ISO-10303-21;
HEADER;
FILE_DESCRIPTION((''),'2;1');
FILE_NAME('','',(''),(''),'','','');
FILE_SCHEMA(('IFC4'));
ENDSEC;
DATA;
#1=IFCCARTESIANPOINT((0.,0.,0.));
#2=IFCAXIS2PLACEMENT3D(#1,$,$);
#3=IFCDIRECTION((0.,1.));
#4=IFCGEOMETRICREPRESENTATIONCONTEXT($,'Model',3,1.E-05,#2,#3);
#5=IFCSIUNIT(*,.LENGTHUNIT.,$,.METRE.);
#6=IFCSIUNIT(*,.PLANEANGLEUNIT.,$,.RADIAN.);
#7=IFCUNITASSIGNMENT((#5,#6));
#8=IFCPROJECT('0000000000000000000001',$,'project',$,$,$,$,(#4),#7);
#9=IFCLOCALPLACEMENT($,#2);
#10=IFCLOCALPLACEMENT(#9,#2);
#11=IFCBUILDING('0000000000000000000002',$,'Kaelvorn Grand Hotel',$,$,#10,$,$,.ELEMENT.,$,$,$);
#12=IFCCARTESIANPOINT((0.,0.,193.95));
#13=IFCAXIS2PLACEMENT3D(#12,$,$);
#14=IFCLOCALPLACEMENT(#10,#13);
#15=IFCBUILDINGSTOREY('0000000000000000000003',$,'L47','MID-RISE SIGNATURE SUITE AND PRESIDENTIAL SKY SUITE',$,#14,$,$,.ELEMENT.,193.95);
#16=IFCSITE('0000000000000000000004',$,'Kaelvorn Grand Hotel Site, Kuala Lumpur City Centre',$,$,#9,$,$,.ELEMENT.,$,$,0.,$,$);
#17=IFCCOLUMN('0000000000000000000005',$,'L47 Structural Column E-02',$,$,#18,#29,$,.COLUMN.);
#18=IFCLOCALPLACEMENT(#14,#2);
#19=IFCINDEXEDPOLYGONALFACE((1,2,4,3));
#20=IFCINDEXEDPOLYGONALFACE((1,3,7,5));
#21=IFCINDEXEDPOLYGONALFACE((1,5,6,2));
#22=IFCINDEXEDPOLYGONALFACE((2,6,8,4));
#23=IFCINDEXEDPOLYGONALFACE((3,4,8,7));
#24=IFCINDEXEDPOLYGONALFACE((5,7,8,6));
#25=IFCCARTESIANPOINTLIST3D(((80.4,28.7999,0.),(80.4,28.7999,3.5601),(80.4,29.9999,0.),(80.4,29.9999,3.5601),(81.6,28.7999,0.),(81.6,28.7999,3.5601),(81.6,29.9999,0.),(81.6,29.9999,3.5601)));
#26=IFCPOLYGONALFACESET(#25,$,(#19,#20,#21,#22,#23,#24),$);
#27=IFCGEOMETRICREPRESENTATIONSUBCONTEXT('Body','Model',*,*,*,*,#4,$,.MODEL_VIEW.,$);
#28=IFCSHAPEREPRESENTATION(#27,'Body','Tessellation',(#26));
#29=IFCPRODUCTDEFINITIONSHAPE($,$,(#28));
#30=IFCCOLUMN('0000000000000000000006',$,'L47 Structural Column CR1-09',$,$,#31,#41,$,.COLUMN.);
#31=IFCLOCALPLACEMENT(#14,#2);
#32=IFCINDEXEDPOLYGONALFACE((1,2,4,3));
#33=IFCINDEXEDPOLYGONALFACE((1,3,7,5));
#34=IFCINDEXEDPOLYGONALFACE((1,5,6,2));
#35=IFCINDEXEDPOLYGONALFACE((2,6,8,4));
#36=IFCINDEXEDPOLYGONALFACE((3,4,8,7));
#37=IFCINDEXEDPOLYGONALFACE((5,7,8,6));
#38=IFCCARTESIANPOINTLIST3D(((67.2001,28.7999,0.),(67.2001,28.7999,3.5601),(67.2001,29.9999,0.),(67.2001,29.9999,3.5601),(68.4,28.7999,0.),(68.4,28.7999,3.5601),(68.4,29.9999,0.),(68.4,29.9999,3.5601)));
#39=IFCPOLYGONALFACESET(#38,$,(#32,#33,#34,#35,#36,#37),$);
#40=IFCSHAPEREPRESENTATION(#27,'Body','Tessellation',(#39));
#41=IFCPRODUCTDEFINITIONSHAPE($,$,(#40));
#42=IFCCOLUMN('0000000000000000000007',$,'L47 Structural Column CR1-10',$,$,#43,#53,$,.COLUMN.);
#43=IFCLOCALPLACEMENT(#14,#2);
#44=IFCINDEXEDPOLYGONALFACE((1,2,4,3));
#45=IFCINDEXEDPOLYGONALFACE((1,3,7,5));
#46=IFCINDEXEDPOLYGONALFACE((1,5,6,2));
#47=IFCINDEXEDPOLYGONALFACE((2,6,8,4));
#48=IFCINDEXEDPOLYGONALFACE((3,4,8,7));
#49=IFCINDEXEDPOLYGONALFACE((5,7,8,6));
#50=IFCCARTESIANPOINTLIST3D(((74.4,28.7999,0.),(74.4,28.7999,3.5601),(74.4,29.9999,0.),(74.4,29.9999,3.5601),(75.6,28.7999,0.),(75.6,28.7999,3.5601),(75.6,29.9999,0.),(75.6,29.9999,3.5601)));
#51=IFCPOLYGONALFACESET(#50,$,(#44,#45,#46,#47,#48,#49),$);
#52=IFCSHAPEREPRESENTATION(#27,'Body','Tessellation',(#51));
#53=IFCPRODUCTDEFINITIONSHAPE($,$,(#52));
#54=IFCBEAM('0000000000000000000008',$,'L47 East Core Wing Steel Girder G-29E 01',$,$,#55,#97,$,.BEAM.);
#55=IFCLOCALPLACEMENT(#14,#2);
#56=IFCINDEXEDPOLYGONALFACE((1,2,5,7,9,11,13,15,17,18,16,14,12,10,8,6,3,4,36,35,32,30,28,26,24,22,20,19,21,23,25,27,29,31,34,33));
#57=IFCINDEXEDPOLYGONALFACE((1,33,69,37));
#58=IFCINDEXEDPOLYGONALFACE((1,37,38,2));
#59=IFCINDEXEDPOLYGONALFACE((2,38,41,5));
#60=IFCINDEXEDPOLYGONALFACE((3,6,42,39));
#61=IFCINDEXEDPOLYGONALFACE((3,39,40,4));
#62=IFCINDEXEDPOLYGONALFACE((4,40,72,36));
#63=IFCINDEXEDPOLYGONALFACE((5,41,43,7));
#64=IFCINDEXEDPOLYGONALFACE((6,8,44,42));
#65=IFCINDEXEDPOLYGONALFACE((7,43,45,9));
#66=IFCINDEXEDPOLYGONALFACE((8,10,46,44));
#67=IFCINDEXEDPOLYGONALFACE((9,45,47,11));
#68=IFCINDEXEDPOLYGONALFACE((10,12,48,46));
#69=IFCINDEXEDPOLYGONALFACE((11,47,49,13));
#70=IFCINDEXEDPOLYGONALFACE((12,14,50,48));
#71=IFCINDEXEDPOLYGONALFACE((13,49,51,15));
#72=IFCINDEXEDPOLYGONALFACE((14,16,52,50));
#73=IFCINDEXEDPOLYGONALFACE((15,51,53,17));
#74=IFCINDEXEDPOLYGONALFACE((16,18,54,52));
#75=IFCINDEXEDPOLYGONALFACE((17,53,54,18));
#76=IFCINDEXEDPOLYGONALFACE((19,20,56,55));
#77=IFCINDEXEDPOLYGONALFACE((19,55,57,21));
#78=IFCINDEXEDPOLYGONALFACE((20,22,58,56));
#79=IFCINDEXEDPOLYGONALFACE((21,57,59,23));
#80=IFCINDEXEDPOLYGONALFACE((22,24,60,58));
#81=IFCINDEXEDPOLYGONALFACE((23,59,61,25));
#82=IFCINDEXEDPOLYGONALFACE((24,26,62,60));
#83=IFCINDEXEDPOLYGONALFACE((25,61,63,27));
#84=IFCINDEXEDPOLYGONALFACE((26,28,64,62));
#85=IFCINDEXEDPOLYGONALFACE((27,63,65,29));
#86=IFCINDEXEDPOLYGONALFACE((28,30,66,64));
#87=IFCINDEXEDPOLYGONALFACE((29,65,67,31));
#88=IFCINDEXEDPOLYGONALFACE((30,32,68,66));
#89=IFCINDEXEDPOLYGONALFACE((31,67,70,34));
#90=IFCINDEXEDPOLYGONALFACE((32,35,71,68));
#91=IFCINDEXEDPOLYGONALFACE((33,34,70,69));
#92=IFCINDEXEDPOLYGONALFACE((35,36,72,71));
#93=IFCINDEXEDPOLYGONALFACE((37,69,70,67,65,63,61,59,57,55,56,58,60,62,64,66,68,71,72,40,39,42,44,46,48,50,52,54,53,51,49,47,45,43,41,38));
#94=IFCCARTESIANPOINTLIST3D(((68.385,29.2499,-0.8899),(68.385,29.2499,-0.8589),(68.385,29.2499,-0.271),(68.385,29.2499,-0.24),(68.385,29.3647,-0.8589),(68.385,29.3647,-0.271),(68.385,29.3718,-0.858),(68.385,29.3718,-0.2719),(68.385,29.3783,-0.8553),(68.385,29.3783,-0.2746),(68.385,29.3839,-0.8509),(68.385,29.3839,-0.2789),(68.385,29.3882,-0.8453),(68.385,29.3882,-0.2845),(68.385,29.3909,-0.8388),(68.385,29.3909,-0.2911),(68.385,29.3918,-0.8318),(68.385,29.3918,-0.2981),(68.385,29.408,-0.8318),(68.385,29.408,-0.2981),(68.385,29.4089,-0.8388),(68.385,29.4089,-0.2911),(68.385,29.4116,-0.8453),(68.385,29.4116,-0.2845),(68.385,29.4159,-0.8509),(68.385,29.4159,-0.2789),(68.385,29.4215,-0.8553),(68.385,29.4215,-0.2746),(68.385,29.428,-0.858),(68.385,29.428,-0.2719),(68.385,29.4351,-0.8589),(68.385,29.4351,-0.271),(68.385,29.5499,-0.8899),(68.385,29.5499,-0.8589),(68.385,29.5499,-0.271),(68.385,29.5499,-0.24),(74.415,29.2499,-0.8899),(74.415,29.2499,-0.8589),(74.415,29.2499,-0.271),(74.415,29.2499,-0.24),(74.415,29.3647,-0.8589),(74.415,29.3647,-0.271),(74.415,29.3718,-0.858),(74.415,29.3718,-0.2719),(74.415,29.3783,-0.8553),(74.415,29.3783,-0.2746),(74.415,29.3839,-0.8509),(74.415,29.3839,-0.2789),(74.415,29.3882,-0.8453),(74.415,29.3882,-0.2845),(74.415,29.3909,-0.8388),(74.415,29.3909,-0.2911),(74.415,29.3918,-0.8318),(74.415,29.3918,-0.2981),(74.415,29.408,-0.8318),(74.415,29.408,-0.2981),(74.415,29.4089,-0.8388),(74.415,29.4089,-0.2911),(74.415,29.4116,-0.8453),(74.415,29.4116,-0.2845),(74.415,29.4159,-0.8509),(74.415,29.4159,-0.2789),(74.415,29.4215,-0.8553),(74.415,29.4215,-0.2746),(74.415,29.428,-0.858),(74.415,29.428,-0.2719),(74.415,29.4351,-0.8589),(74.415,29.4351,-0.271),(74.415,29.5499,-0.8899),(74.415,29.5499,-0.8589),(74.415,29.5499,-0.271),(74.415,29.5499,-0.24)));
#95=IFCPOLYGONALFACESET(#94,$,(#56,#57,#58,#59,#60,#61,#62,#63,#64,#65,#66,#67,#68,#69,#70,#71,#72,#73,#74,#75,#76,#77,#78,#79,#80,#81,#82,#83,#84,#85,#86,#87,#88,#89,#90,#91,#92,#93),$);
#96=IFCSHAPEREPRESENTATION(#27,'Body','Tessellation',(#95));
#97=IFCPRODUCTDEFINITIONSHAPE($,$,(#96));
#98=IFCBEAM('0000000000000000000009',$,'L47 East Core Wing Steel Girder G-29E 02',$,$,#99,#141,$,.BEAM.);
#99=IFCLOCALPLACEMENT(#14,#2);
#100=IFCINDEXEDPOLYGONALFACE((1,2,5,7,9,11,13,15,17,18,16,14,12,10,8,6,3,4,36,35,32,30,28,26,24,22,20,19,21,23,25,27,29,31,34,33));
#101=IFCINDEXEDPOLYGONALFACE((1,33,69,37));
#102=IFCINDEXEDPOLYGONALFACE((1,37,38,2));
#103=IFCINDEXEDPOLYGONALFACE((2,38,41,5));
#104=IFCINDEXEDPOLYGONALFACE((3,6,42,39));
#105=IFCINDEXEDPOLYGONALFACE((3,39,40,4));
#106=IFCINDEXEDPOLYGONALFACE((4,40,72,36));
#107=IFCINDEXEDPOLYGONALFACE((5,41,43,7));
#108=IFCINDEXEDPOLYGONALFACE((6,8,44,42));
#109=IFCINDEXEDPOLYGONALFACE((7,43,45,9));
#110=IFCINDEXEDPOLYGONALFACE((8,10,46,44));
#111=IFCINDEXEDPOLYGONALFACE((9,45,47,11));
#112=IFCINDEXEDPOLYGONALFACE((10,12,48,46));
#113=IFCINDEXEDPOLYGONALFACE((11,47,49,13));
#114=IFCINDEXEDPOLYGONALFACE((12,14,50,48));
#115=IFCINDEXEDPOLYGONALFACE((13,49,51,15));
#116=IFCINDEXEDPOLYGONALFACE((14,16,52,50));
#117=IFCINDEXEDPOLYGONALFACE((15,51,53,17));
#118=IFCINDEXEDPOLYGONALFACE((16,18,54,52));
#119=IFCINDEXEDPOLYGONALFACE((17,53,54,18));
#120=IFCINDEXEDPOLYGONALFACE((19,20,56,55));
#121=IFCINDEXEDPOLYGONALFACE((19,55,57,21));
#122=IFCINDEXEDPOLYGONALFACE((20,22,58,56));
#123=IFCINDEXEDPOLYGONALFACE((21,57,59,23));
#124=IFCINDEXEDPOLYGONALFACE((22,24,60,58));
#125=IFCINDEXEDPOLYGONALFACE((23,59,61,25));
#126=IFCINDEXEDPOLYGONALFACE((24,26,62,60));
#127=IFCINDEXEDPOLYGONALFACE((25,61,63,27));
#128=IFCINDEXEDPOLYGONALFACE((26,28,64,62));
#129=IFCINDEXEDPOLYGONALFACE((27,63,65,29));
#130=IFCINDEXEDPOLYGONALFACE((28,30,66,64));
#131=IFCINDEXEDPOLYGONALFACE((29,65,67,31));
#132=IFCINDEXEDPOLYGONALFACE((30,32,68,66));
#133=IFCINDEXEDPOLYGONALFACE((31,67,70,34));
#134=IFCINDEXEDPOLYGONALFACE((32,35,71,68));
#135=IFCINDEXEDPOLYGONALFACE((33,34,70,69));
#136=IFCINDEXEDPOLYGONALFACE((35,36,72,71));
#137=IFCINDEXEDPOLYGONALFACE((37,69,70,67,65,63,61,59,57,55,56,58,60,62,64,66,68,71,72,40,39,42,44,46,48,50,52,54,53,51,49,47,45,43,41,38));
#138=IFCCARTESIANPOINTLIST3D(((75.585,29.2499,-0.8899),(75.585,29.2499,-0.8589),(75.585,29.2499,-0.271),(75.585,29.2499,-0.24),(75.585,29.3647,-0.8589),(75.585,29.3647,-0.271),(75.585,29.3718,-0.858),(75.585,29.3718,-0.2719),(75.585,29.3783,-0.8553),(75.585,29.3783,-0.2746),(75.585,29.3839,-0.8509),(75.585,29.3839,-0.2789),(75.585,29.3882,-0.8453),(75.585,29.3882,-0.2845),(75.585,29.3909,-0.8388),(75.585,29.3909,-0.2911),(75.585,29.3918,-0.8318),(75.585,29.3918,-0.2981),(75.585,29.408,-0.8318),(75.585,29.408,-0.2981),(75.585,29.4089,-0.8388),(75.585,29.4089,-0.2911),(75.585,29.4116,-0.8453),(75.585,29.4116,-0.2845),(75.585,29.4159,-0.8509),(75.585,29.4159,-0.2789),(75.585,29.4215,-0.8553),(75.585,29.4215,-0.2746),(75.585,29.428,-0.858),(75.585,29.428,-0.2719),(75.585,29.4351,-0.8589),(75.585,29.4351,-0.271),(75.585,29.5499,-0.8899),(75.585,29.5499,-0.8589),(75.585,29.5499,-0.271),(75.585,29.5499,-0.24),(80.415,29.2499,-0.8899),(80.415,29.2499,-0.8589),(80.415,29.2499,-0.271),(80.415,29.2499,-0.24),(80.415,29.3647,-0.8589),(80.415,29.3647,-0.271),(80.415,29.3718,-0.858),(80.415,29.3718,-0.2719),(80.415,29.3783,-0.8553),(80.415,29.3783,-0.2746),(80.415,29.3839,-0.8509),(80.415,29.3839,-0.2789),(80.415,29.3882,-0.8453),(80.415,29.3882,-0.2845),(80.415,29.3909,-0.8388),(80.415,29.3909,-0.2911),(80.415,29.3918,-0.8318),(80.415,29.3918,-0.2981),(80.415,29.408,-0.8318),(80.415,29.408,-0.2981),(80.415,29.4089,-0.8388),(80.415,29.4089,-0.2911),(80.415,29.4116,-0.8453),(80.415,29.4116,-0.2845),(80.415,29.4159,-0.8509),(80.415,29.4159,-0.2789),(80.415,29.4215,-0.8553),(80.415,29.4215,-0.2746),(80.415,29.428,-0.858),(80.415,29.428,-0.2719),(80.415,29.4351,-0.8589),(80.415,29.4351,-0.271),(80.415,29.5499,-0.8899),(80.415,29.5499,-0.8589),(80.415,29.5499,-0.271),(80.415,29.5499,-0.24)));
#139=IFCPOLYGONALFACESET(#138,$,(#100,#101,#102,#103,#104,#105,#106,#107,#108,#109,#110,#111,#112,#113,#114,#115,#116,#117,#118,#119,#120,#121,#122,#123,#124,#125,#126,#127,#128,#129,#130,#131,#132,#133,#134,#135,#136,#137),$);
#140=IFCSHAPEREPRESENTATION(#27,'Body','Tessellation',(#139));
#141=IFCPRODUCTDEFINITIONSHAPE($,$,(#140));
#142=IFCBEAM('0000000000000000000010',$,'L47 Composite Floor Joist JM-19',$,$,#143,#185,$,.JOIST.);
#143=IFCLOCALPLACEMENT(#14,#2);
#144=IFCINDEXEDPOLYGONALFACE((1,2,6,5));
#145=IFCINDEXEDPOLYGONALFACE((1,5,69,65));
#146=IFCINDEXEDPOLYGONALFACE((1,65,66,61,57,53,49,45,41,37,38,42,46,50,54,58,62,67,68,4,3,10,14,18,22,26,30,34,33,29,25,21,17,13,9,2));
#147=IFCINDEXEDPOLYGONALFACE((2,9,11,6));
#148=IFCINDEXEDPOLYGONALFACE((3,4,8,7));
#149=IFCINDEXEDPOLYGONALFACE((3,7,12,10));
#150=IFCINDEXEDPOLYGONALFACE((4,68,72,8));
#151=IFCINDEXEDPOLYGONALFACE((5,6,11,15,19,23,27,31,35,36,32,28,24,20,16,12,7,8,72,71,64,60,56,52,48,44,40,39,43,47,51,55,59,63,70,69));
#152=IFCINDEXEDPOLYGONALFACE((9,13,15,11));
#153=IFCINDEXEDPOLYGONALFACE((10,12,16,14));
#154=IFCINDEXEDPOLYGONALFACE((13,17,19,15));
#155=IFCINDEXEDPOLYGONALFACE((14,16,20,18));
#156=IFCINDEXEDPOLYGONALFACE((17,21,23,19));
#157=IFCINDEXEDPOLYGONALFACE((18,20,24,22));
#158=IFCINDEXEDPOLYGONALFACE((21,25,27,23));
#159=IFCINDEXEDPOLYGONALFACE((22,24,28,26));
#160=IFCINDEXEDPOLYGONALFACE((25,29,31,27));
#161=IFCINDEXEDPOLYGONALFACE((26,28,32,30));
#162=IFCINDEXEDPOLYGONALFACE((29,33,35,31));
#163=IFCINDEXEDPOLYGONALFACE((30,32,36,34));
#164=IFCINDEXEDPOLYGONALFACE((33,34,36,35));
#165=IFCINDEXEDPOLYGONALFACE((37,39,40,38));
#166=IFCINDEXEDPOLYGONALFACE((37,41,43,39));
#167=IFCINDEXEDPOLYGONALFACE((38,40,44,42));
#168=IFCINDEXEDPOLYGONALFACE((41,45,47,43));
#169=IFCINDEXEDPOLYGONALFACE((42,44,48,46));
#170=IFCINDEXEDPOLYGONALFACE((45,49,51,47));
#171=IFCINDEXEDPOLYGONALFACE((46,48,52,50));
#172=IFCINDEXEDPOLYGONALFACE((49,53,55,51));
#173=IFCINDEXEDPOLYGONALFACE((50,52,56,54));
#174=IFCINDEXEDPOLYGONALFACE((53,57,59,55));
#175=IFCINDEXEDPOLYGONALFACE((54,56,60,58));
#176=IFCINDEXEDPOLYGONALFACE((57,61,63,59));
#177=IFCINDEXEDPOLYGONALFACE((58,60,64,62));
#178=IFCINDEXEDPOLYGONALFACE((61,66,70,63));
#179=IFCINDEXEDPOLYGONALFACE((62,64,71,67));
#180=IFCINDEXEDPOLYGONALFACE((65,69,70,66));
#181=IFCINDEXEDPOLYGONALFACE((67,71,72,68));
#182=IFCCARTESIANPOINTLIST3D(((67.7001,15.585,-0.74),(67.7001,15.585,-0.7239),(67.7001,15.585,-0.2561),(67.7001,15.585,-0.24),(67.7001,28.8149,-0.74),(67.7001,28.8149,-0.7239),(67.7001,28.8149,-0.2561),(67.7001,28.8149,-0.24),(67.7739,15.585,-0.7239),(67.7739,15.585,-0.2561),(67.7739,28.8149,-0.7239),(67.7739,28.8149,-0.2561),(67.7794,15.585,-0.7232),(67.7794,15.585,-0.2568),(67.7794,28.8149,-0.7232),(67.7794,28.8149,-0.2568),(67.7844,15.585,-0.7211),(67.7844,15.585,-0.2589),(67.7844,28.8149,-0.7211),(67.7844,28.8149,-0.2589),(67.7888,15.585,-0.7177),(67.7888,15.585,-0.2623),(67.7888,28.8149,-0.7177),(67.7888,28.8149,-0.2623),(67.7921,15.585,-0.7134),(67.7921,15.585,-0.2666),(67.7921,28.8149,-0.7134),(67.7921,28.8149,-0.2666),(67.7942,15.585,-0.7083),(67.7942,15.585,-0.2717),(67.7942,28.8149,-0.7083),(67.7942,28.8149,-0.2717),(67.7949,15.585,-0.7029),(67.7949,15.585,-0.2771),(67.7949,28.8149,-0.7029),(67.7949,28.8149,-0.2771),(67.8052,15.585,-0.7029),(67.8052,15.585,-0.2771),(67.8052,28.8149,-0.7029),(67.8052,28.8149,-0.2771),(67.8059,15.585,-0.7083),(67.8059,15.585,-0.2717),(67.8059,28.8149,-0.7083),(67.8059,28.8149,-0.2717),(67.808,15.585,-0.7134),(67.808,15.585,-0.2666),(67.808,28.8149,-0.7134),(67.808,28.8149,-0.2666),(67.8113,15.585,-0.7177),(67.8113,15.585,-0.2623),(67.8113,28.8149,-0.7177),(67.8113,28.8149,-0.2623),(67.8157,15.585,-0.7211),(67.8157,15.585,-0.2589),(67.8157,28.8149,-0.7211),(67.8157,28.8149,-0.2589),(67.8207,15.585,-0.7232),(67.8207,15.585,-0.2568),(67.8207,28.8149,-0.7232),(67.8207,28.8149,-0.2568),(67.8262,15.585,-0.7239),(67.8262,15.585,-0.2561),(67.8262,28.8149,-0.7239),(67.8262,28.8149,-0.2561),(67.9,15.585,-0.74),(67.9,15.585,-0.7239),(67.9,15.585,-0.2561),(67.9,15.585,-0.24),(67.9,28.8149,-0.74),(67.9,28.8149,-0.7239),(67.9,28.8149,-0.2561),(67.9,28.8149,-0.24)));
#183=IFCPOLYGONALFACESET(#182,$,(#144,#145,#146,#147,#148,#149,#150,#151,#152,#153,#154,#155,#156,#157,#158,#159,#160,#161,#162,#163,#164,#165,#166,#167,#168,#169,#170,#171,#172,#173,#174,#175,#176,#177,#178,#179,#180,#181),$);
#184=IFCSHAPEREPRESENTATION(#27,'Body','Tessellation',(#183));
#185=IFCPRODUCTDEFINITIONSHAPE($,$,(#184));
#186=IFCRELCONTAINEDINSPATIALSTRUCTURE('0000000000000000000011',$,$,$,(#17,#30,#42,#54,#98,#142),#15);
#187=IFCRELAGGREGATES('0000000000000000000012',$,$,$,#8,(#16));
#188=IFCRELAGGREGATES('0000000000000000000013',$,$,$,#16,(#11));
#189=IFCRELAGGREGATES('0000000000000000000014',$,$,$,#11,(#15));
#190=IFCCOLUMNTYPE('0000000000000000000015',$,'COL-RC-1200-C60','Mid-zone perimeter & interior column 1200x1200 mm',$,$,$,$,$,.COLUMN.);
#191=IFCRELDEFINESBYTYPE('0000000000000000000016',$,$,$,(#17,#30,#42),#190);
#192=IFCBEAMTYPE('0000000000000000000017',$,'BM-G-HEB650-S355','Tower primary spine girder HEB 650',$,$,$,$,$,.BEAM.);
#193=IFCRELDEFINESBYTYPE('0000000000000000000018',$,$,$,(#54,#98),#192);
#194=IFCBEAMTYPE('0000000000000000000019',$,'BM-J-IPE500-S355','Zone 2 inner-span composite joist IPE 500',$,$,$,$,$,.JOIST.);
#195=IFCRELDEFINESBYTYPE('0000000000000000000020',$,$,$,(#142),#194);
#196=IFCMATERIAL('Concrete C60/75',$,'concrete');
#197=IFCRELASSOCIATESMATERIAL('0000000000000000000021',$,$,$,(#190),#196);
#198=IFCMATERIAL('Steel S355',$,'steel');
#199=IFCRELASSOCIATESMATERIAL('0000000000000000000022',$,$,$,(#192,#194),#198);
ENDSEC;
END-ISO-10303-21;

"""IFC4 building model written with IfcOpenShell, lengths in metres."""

from ifc_helpers import new_model, si_unit, direction, frame, origin, origin_2d, place, context, subcontext, project, spatial, rectangle, i_section, extrude, material, material_profile, profile_set, type_object, element, save


model = new_model("IFC4")

# Units and contexts
model_context = context("Model", 3, precision=1e-05, world=origin(), true_north=direction((0.0, 1.0)))
body_context = subcontext(model_context, "Body", "Model", "MODEL_VIEW")
ifc_project = project(units=[si_unit("LENGTHUNIT", "METRE"), si_unit("PLANEANGLEUNIT", "RADIAN")], contexts=[model_context])

# Site, building, storey
site_placement = place(None, origin())
site = spatial("IfcSite", under=ifc_project, at=site_placement, Name="Kaelvorn Grand Hotel Site, Kuala Lumpur City Centre", CompositionType="ELEMENT", RefElevation=0.0)
building_placement = place(site_placement, origin())
building = spatial("IfcBuilding", under=site, at=building_placement, Name="Kaelvorn Grand Hotel", CompositionType="ELEMENT")
storey_placement = place(building_placement, frame((0.0, 0.0, 193.95)))
storey = spatial("IfcBuildingStorey", under=building, at=storey_placement, Name="L47", Description="MID-RISE SIGNATURE SUITE AND PRESIDENTIAL SKY SUITE", CompositionType="ELEMENT", Elevation=193.95)

# Columns
ifc_material_1 = material(Name="Concrete C60/75", Category="concrete")
ifc_material_profile_1 = material_profile(ifc_material_1, rectangle(XDim=1.2, YDim=1.2, at=origin_2d()), Name="RC COL 1200x1200")
ifc_profile_set_1 = profile_set([ifc_material_profile_1], Name="Concrete C60/75")
column_type = type_object("IfcColumnType", Name="COL-RC-1200-C60", Description="Mid-zone perimeter & interior column 1200x1200 mm", PredefinedType="COLUMN", material=ifc_profile_set_1)
for number, where, z_axis, x_axis, name in (
    (1, (81.0, 29.3999, 0.0), (0.0, 0.0, 1.0), (1.0, 0.0, 0.0), "L47 Structural Column E-02"),
    (2, (67.8, 29.3999, 0.0), (0.0, 0.0, 1.0), (1.0, 0.0, 0.0), "L47 Structural Column CR1-09"),
    (3, (75.0, 29.3999, 0.0), (0.0, 0.0, 1.0), (1.0, 0.0, 0.0), "L47 Structural Column CR1-10"),
):
    element("IfcColumn", number, at=place(storey_placement, frame(where, z_axis=z_axis, x_axis=x_axis)), inside=storey, type_object=column_type, Name=name, PredefinedType="COLUMN", context=body_context, shape_type="SweptSolid", body=[
        extrude(rectangle(XDim=1.2, YDim=1.2, at=origin_2d()), origin(), (0.0, 0.0, 1.0), 3.5601),
    ])

# Beams
ifc_material_2 = material(Name="Steel S355", Category="steel")
ifc_material_profile_2 = material_profile(ifc_material_2, i_section(OverallWidth=0.3, OverallDepth=0.6499, WebThickness=0.0161, FlangeThickness=0.031, FilletRadius=0.0271, at=origin_2d()), Name="HEB 650")
ifc_profile_set_2 = profile_set([ifc_material_profile_2], Name="Steel S355")
beam_type_1 = type_object("IfcBeamType", Name="BM-G-HEB650-S355", Description="Tower primary spine girder HEB 650", PredefinedType="BEAM", material=ifc_profile_set_2)
beam_1_placement = place(storey_placement, frame((68.385, 29.3999, -0.5649), z_axis=(1.0, 0.0, 0.0), x_axis=(0.0, 1.0, 0.0)))
element("IfcBeam", 4, at=beam_1_placement, inside=storey, type_object=beam_type_1, Name="L47 East Core Wing Steel Girder G-29E 01", PredefinedType="BEAM", context=body_context, shape_type="SweptSolid", body=[
    extrude(i_section(OverallWidth=0.3, OverallDepth=0.6499, WebThickness=0.0161, FlangeThickness=0.031, FilletRadius=0.0271, at=origin_2d()), origin(), (0.0, 0.0, 1.0), 6.03),
])
beam_2_placement = place(storey_placement, frame((75.585, 29.3999, -0.5649), z_axis=(1.0, 0.0, 0.0), x_axis=(0.0, 1.0, 0.0)))
element("IfcBeam", 5, at=beam_2_placement, inside=storey, type_object=beam_type_1, Name="L47 East Core Wing Steel Girder G-29E 02", PredefinedType="BEAM", context=body_context, shape_type="SweptSolid", body=[
    extrude(i_section(OverallWidth=0.3, OverallDepth=0.6499, WebThickness=0.0161, FlangeThickness=0.031, FilletRadius=0.0271, at=origin_2d()), origin(), (0.0, 0.0, 1.0), 4.8301),
])
ifc_material_profile_3 = material_profile(ifc_material_2, i_section(OverallWidth=0.2, OverallDepth=0.5, WebThickness=0.0103, FlangeThickness=0.0161, FilletRadius=0.021, at=origin_2d()), Name="IPE 500")
ifc_profile_set_3 = profile_set([ifc_material_profile_3], Name="Steel S355")
beam_type_2 = type_object("IfcBeamType", Name="BM-J-IPE500-S355", Description="Zone 2 inner-span composite joist IPE 500", PredefinedType="JOIST", material=ifc_profile_set_3)
for number, where, z_axis, x_axis, name in (
    (6, (67.8, 15.585, -0.49), (0.0, 1.0, 0.0), (-1.0, 0.0, 0.0), "L47 Composite Floor Joist JM-19"),
):
    element("IfcBeam", number, at=place(storey_placement, frame(where, z_axis=z_axis, x_axis=x_axis)), inside=storey, type_object=beam_type_2, Name=name, PredefinedType="JOIST", context=body_context, shape_type="SweptSolid", body=[
        extrude(i_section(OverallWidth=0.2, OverallDepth=0.5, WebThickness=0.0103, FlangeThickness=0.0161, FilletRadius=0.021, at=origin_2d()), origin(), (0.0, 0.0, 1.0), 13.23),
    ])

save(model, "model.ifc")
